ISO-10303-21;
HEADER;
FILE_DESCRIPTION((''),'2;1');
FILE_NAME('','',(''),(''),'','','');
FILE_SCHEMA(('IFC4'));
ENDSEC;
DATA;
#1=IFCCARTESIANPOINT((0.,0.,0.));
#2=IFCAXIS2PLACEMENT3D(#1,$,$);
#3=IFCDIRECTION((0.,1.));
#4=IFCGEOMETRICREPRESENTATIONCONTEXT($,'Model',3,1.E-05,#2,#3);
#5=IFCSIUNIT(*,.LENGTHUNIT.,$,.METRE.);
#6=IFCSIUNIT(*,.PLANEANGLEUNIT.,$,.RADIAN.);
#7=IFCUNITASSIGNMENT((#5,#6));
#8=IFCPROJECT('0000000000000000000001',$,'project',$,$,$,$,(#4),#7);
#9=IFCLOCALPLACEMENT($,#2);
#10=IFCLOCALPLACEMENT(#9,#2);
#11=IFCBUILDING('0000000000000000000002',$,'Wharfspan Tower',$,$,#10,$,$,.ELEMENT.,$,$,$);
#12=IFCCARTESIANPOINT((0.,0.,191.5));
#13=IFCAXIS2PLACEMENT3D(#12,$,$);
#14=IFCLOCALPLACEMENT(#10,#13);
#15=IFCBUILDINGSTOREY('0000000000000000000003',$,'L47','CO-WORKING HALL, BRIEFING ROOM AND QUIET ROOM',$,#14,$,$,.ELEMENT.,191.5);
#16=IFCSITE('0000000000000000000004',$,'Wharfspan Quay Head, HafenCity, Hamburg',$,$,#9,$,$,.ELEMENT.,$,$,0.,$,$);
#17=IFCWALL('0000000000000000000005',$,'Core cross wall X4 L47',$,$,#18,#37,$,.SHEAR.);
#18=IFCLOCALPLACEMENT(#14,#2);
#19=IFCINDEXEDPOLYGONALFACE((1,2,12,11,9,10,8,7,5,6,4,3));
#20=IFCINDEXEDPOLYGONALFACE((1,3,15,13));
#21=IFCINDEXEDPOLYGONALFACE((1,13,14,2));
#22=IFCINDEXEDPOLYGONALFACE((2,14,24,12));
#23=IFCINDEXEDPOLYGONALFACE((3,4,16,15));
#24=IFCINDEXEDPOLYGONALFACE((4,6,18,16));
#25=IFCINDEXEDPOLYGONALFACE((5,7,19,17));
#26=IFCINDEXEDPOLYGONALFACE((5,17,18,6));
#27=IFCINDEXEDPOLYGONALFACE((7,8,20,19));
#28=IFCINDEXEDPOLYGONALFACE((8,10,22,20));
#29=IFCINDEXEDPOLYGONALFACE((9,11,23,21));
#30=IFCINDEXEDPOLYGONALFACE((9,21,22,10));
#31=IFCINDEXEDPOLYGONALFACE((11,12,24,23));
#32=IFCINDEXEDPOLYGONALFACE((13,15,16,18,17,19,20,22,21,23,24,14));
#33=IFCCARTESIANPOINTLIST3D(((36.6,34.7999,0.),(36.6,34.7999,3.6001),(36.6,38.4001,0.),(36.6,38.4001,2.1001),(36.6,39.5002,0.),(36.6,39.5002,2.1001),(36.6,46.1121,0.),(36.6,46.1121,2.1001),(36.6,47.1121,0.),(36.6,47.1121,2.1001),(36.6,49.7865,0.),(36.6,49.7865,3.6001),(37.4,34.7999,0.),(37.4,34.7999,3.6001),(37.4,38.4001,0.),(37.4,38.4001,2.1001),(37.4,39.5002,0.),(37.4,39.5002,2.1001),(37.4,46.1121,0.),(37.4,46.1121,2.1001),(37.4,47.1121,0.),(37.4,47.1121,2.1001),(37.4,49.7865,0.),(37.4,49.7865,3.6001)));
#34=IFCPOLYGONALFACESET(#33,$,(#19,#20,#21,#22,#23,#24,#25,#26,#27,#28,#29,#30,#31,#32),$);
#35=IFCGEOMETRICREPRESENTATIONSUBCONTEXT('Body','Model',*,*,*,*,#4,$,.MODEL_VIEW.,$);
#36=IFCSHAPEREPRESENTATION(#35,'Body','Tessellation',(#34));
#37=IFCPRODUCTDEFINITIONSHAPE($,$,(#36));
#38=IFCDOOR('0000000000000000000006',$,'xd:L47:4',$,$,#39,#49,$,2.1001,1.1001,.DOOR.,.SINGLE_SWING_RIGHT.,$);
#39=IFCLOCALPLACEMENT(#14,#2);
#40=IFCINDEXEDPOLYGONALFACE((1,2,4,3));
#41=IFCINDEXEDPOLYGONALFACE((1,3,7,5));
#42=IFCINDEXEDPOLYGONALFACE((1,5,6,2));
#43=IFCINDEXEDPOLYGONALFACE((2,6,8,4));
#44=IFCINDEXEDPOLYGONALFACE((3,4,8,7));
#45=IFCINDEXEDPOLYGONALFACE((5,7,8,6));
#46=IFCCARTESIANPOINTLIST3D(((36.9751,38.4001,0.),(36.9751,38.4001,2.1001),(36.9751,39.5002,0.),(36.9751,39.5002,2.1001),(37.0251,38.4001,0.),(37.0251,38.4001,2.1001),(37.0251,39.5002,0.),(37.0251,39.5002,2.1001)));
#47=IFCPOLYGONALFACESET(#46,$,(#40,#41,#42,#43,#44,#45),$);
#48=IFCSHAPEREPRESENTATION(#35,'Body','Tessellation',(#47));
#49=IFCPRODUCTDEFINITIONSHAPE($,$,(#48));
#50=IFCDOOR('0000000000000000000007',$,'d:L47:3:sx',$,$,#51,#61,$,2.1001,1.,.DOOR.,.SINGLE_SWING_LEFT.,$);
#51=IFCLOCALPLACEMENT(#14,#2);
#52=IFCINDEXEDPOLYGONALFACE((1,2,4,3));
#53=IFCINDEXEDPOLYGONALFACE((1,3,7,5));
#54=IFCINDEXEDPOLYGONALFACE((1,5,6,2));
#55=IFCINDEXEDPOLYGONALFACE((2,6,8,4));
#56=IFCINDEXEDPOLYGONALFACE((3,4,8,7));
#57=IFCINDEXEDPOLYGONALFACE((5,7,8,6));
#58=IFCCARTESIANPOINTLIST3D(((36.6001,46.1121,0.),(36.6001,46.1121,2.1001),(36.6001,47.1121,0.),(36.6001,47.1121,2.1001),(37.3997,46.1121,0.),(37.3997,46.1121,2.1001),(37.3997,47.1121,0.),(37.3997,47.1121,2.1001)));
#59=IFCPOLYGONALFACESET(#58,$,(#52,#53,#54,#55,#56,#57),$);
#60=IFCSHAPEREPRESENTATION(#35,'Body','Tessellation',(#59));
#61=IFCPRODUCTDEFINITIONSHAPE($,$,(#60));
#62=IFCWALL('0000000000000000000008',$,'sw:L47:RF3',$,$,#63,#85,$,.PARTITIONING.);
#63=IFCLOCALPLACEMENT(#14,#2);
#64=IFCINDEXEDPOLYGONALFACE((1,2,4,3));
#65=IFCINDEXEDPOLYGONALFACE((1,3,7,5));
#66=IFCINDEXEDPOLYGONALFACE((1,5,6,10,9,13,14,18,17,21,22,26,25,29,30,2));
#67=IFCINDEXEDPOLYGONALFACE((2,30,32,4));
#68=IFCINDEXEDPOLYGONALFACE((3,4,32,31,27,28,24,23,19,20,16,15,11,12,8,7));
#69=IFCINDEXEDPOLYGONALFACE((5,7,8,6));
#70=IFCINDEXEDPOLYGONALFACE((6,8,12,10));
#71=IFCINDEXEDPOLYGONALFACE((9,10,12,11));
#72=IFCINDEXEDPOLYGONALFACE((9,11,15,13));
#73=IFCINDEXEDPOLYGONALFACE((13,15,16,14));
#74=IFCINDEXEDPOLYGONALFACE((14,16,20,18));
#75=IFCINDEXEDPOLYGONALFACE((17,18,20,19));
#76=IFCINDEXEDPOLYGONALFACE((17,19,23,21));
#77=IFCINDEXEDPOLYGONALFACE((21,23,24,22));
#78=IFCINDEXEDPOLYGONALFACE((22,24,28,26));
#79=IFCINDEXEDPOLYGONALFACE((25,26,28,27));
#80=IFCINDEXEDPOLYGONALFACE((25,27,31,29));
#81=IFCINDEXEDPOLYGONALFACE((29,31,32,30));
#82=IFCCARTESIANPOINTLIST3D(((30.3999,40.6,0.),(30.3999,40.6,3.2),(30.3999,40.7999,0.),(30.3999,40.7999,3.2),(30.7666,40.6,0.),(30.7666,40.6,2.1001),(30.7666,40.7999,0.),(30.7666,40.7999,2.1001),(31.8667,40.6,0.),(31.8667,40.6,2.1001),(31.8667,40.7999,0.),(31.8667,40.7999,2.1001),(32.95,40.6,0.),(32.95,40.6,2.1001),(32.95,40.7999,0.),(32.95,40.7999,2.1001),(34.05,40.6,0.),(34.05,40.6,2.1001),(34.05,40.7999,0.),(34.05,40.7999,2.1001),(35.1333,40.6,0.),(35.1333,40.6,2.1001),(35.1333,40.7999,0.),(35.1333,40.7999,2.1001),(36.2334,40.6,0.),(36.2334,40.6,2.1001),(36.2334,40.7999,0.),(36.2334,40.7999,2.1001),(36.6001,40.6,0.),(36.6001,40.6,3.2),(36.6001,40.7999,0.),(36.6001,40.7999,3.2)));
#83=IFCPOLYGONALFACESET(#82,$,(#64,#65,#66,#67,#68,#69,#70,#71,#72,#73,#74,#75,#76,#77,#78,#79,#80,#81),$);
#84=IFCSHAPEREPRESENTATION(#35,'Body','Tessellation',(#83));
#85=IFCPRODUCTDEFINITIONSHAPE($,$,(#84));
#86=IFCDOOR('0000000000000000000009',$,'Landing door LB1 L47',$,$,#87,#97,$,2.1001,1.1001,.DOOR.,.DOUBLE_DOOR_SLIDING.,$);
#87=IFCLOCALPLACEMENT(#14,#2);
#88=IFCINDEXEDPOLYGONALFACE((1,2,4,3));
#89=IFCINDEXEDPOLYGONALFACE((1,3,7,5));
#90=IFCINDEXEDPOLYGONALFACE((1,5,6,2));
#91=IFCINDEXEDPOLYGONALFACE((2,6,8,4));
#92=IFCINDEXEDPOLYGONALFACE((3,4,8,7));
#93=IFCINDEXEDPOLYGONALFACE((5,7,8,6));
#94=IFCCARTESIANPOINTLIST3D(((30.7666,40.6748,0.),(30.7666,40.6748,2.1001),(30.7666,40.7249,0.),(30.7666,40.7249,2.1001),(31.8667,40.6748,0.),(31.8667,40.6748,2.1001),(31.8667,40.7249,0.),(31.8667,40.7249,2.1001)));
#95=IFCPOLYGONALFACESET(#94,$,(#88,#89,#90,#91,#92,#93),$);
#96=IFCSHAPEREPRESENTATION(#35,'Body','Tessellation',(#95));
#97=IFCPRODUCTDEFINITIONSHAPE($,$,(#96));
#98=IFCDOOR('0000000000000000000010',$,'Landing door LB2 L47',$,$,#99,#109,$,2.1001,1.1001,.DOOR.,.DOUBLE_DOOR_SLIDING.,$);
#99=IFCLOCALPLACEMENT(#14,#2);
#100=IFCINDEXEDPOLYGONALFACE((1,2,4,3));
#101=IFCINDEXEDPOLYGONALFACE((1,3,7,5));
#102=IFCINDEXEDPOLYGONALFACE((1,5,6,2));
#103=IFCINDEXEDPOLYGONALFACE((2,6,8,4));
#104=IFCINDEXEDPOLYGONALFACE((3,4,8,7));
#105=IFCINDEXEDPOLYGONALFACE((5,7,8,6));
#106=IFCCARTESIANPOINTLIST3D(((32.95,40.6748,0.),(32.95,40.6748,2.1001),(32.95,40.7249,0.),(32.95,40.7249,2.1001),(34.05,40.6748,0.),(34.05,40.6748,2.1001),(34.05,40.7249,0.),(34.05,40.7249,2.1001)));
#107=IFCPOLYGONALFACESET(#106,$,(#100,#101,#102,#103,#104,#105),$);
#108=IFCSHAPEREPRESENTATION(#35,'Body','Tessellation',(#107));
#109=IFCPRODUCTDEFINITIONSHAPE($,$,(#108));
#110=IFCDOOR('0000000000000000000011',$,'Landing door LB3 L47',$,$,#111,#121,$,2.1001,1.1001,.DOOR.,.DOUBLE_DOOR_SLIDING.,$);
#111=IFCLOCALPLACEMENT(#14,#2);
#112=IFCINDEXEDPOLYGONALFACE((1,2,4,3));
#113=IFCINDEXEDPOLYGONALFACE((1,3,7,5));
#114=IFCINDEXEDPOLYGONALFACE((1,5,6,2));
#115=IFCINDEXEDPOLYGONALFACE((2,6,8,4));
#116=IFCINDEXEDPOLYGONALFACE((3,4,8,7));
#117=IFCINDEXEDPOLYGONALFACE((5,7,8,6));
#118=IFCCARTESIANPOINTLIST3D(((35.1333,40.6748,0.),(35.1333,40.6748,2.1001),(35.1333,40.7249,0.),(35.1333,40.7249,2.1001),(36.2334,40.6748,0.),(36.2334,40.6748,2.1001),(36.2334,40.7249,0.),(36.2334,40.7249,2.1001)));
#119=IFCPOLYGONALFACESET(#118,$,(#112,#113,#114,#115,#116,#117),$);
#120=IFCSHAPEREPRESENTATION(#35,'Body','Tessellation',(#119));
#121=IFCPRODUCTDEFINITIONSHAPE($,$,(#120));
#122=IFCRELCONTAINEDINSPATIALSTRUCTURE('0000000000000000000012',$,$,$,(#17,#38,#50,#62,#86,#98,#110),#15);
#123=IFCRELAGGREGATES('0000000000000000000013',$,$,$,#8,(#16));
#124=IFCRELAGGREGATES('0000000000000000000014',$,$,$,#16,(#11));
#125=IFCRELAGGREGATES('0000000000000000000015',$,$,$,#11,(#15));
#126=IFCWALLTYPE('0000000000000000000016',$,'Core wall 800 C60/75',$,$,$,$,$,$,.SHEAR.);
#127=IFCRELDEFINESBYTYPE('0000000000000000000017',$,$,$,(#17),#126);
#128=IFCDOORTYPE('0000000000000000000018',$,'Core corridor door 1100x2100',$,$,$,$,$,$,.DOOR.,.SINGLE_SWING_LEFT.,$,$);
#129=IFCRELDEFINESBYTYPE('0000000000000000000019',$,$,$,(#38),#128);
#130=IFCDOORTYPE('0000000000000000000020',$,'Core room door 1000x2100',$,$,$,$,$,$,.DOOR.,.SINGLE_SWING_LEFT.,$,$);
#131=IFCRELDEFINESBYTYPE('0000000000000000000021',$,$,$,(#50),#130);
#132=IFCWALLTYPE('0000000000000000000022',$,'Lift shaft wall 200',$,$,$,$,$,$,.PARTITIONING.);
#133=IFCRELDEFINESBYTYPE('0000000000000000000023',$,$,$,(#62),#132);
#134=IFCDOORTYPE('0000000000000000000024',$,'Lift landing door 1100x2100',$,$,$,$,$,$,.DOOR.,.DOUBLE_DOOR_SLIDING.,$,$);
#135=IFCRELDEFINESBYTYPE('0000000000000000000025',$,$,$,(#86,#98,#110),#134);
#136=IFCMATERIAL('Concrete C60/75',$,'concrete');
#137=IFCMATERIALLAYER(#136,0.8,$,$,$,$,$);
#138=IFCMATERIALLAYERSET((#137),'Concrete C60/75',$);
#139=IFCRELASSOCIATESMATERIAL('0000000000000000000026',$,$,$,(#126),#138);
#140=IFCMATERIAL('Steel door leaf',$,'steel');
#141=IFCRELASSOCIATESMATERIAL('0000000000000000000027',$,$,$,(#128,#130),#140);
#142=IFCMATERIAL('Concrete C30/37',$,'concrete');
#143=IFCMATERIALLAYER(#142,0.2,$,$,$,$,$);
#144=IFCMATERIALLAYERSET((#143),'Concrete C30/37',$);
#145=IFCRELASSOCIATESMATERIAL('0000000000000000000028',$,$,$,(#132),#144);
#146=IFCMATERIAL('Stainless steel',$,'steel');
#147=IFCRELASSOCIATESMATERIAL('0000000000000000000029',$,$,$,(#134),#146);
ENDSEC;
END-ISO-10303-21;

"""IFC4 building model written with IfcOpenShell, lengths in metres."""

from ifc_helpers import new_model, si_unit, direction, frame, frame_2d, origin, place, context, subcontext, project, spatial, rectangle, extrude, material, layer, layer_set, type_object, element, fill, save


model = new_model("IFC4")

# Units and contexts
model_context = context("Model", 3, precision=1e-05, world=origin(), true_north=direction((0.0, 1.0)))
body_context = subcontext(model_context, "Body", "Model", "MODEL_VIEW")
ifc_project = project(units=[si_unit("LENGTHUNIT", "METRE"), si_unit("PLANEANGLEUNIT", "RADIAN")], contexts=[model_context])

# Site, building, storey
site_placement = place(None, origin())
site = spatial("IfcSite", under=ifc_project, at=site_placement, Name="Wharfspan Quay Head, HafenCity, Hamburg", CompositionType="ELEMENT", RefElevation=0.0)
building_placement = place(site_placement, origin())
building = spatial("IfcBuilding", under=site, at=building_placement, Name="Wharfspan Tower", CompositionType="ELEMENT")
storey_placement = place(building_placement, frame((0.0, 0.0, 191.5)))
storey = spatial("IfcBuildingStorey", under=building, at=storey_placement, Name="L47", Description="CO-WORKING HALL, BRIEFING ROOM AND QUIET ROOM", CompositionType="ELEMENT", Elevation=191.5)

# Shared definitions
ifc_material_1 = material(Name="Concrete C60/75", Category="concrete")
ifc_layer_1 = layer(ifc_material_1, 0.8)
ifc_layer_set_1 = layer_set([ifc_layer_1], Name="Concrete C60/75")
wall_type_1 = type_object("IfcWallType", Name="Core wall 800 C60/75", PredefinedType="SHEAR", material=ifc_layer_set_1)
ifc_material_2 = material(Name="Steel door leaf", Category="steel")
door_type_1 = type_object("IfcDoorType", Name="Core corridor door 1100x2100", OperationType="SINGLE_SWING_LEFT", PredefinedType="DOOR", material=ifc_material_2)

# Walls, openings, doors
wall_1_placement = place(storey_placement, frame((37.0, 34.8, 0.0), z_axis=(0.0, 0.0, 1.0), x_axis=(0.0, 1.0, 0.0)))
wall_1 = element("IfcWall", 1, at=wall_1_placement, inside=storey, type_object=wall_type_1, Name="Core cross wall X4 L47", PredefinedType="SHEAR", context=body_context, shape_type="SweptSolid", body=[
    extrude(rectangle(XDim=14.9866, YDim=0.8, at=frame_2d((7.4932, 0.0))), origin(), (0.0, 0.0, 1.0), 3.6001),
])
opening_1_placement = place(wall_1_placement, frame((11.312, 0.0, 0.0)))
opening_1 = element("IfcOpeningElement", 2, at=opening_1_placement, cuts=wall_1, PredefinedType="OPENING", context=body_context, shape_type="SweptSolid", body=[
    extrude(rectangle(XDim=1.0, YDim=2.1001, at=frame_2d((0.5, 1.05))), frame((0.0, 0.4099, 0.0), z_axis=(0.0, -1.0, 0.0), x_axis=(1.0, 0.0, 0.0)), (0.0, 0.0, 1.0), 0.8201),
])
opening_2_placement = place(wall_1_placement, frame((3.6001, 0.0, 0.0)))
opening_2 = element("IfcOpeningElement", 3, at=opening_2_placement, cuts=wall_1, PredefinedType="OPENING", context=body_context, shape_type="SweptSolid", body=[
    extrude(rectangle(XDim=1.1001, YDim=2.1001, at=frame_2d((0.55, 1.05))), frame((0.0, 0.4099, 0.0), z_axis=(0.0, -1.0, 0.0), x_axis=(1.0, 0.0, 0.0)), (0.0, 0.0, 1.0), 0.8201),
])
door_1_placement = place(opening_2_placement, origin())
door_1 = element("IfcDoor", 4, at=door_1_placement, inside=storey, type_object=door_type_1, Name="xd:L47:4", OperationType="SINGLE_SWING_RIGHT", OverallHeight=2.1001, OverallWidth=1.1001, PredefinedType="DOOR", context=body_context, shape_type="SweptSolid", body=[
    extrude(rectangle(XDim=1.1001, YDim=2.1001, at=frame_2d((0.55, 1.05))), frame((0.0, 0.0249, 0.0), z_axis=(0.0, -1.0, 0.0), x_axis=(1.0, 0.0, 0.0)), (0.0, 0.0, 1.0), 0.05),
])
fill(opening_2, door_1)
door_type_2 = type_object("IfcDoorType", Name="Core room door 1000x2100", OperationType="SINGLE_SWING_LEFT", PredefinedType="DOOR", material=ifc_material_2)
door_2_placement = place(opening_1_placement, origin())
door_2 = element("IfcDoor", 5, at=door_2_placement, inside=storey, type_object=door_type_2, Name="d:L47:3:sx", OperationType="SINGLE_SWING_LEFT", OverallHeight=2.1001, OverallWidth=1.0, PredefinedType="DOOR", context=body_context, shape_type="SweptSolid", body=[
    extrude(rectangle(XDim=1.0, YDim=2.1001, at=frame_2d((0.5, 1.05))), frame((0.0, 0.3999, 0.0), z_axis=(0.0, -1.0, 0.0), x_axis=(1.0, 0.0, 0.0)), (0.0, 0.0, 1.0), 0.7996),
])
fill(opening_1, door_2)
ifc_material_3 = material(Name="Concrete C30/37", Category="concrete")
ifc_layer_2 = layer(ifc_material_3, 0.2)
ifc_layer_set_2 = layer_set([ifc_layer_2], Name="Concrete C30/37")
wall_type_2 = type_object("IfcWallType", Name="Lift shaft wall 200", PredefinedType="PARTITIONING", material=ifc_layer_set_2)
wall_2_placement = place(storey_placement, frame((30.3999, 40.7, 0.0), z_axis=(0.0, 0.0, 1.0), x_axis=(1.0, 0.0, 0.0)))
wall_2 = element("IfcWall", 6, at=wall_2_placement, inside=storey, type_object=wall_type_2, Name="sw:L47:RF3", PredefinedType="PARTITIONING", context=body_context, shape_type="SweptSolid", body=[
    extrude(rectangle(XDim=6.2002, YDim=0.2, at=frame_2d((3.1001, 0.0))), origin(), (0.0, 0.0, 1.0), 3.2),
])
opening_3_placement = place(wall_2_placement, frame((0.3667, 0.0, 0.0)))
opening_3 = element("IfcOpeningElement", 7, at=opening_3_placement, cuts=wall_2, PredefinedType="OPENING", context=body_context, shape_type="SweptSolid", body=[
    extrude(rectangle(XDim=1.1001, YDim=2.1001, at=frame_2d((0.55, 1.05))), frame((0.0, 0.1099, 0.0), z_axis=(0.0, -1.0, 0.0), x_axis=(1.0, 0.0, 0.0)), (0.0, 0.0, 1.0), 0.22),
])
opening_4_placement = place(wall_2_placement, frame((2.55, 0.0, 0.0)))
opening_4 = element("IfcOpeningElement", 8, at=opening_4_placement, cuts=wall_2, PredefinedType="OPENING", context=body_context, shape_type="SweptSolid", body=[
    extrude(rectangle(XDim=1.1001, YDim=2.1001, at=frame_2d((0.55, 1.05))), frame((0.0, 0.1099, 0.0), z_axis=(0.0, -1.0, 0.0), x_axis=(1.0, 0.0, 0.0)), (0.0, 0.0, 1.0), 0.22),
])
opening_5_placement = place(wall_2_placement, frame((4.7334, 0.0, 0.0)))
opening_5 = element("IfcOpeningElement", 9, at=opening_5_placement, cuts=wall_2, PredefinedType="OPENING", context=body_context, shape_type="SweptSolid", body=[
    extrude(rectangle(XDim=1.1001, YDim=2.1001, at=frame_2d((0.55, 1.05))), frame((0.0, 0.1099, 0.0), z_axis=(0.0, -1.0, 0.0), x_axis=(1.0, 0.0, 0.0)), (0.0, 0.0, 1.0), 0.22),
])
ifc_material_4 = material(Name="Stainless steel", Category="steel")
door_type_3 = type_object("IfcDoorType", Name="Lift landing door 1100x2100", OperationType="DOUBLE_DOOR_SLIDING", PredefinedType="DOOR", material=ifc_material_4)
door_3_placement = place(opening_3_placement, origin())
door_3 = element("IfcDoor", 10, at=door_3_placement, inside=storey, type_object=door_type_3, Name="Landing door LB1 L47", OperationType="DOUBLE_DOOR_SLIDING", OverallHeight=2.1001, OverallWidth=1.1001, PredefinedType="DOOR", context=body_context, shape_type="SweptSolid", body=[
    extrude(rectangle(XDim=1.1001, YDim=2.1001, at=frame_2d((0.55, 1.05))), frame((0.0, 0.0249, 0.0), z_axis=(0.0, -1.0, 0.0), x_axis=(1.0, 0.0, 0.0)), (0.0, 0.0, 1.0), 0.05),
])
fill(opening_3, door_3)
door_4_placement = place(opening_4_placement, origin())
door_4 = element("IfcDoor", 11, at=door_4_placement, inside=storey, type_object=door_type_3, Name="Landing door LB2 L47", OperationType="DOUBLE_DOOR_SLIDING", OverallHeight=2.1001, OverallWidth=1.1001, PredefinedType="DOOR", context=body_context, shape_type="SweptSolid", body=[
    extrude(rectangle(XDim=1.1001, YDim=2.1001, at=frame_2d((0.55, 1.05))), frame((0.0, 0.0249, 0.0), z_axis=(0.0, -1.0, 0.0), x_axis=(1.0, 0.0, 0.0)), (0.0, 0.0, 1.0), 0.05),
])
fill(opening_4, door_4)
door_5_placement = place(opening_5_placement, origin())
door_5 = element("IfcDoor", 12, at=door_5_placement, inside=storey, type_object=door_type_3, Name="Landing door LB3 L47", OperationType="DOUBLE_DOOR_SLIDING", OverallHeight=2.1001, OverallWidth=1.1001, PredefinedType="DOOR", context=body_context, shape_type="SweptSolid", body=[
    extrude(rectangle(XDim=1.1001, YDim=2.1001, at=frame_2d((0.55, 1.05))), frame((0.0, 0.0249, 0.0), z_axis=(0.0, -1.0, 0.0), x_axis=(1.0, 0.0, 0.0)), (0.0, 0.0, 1.0), 0.05),
])
fill(opening_5, door_5)

save(model, "model.ifc")
